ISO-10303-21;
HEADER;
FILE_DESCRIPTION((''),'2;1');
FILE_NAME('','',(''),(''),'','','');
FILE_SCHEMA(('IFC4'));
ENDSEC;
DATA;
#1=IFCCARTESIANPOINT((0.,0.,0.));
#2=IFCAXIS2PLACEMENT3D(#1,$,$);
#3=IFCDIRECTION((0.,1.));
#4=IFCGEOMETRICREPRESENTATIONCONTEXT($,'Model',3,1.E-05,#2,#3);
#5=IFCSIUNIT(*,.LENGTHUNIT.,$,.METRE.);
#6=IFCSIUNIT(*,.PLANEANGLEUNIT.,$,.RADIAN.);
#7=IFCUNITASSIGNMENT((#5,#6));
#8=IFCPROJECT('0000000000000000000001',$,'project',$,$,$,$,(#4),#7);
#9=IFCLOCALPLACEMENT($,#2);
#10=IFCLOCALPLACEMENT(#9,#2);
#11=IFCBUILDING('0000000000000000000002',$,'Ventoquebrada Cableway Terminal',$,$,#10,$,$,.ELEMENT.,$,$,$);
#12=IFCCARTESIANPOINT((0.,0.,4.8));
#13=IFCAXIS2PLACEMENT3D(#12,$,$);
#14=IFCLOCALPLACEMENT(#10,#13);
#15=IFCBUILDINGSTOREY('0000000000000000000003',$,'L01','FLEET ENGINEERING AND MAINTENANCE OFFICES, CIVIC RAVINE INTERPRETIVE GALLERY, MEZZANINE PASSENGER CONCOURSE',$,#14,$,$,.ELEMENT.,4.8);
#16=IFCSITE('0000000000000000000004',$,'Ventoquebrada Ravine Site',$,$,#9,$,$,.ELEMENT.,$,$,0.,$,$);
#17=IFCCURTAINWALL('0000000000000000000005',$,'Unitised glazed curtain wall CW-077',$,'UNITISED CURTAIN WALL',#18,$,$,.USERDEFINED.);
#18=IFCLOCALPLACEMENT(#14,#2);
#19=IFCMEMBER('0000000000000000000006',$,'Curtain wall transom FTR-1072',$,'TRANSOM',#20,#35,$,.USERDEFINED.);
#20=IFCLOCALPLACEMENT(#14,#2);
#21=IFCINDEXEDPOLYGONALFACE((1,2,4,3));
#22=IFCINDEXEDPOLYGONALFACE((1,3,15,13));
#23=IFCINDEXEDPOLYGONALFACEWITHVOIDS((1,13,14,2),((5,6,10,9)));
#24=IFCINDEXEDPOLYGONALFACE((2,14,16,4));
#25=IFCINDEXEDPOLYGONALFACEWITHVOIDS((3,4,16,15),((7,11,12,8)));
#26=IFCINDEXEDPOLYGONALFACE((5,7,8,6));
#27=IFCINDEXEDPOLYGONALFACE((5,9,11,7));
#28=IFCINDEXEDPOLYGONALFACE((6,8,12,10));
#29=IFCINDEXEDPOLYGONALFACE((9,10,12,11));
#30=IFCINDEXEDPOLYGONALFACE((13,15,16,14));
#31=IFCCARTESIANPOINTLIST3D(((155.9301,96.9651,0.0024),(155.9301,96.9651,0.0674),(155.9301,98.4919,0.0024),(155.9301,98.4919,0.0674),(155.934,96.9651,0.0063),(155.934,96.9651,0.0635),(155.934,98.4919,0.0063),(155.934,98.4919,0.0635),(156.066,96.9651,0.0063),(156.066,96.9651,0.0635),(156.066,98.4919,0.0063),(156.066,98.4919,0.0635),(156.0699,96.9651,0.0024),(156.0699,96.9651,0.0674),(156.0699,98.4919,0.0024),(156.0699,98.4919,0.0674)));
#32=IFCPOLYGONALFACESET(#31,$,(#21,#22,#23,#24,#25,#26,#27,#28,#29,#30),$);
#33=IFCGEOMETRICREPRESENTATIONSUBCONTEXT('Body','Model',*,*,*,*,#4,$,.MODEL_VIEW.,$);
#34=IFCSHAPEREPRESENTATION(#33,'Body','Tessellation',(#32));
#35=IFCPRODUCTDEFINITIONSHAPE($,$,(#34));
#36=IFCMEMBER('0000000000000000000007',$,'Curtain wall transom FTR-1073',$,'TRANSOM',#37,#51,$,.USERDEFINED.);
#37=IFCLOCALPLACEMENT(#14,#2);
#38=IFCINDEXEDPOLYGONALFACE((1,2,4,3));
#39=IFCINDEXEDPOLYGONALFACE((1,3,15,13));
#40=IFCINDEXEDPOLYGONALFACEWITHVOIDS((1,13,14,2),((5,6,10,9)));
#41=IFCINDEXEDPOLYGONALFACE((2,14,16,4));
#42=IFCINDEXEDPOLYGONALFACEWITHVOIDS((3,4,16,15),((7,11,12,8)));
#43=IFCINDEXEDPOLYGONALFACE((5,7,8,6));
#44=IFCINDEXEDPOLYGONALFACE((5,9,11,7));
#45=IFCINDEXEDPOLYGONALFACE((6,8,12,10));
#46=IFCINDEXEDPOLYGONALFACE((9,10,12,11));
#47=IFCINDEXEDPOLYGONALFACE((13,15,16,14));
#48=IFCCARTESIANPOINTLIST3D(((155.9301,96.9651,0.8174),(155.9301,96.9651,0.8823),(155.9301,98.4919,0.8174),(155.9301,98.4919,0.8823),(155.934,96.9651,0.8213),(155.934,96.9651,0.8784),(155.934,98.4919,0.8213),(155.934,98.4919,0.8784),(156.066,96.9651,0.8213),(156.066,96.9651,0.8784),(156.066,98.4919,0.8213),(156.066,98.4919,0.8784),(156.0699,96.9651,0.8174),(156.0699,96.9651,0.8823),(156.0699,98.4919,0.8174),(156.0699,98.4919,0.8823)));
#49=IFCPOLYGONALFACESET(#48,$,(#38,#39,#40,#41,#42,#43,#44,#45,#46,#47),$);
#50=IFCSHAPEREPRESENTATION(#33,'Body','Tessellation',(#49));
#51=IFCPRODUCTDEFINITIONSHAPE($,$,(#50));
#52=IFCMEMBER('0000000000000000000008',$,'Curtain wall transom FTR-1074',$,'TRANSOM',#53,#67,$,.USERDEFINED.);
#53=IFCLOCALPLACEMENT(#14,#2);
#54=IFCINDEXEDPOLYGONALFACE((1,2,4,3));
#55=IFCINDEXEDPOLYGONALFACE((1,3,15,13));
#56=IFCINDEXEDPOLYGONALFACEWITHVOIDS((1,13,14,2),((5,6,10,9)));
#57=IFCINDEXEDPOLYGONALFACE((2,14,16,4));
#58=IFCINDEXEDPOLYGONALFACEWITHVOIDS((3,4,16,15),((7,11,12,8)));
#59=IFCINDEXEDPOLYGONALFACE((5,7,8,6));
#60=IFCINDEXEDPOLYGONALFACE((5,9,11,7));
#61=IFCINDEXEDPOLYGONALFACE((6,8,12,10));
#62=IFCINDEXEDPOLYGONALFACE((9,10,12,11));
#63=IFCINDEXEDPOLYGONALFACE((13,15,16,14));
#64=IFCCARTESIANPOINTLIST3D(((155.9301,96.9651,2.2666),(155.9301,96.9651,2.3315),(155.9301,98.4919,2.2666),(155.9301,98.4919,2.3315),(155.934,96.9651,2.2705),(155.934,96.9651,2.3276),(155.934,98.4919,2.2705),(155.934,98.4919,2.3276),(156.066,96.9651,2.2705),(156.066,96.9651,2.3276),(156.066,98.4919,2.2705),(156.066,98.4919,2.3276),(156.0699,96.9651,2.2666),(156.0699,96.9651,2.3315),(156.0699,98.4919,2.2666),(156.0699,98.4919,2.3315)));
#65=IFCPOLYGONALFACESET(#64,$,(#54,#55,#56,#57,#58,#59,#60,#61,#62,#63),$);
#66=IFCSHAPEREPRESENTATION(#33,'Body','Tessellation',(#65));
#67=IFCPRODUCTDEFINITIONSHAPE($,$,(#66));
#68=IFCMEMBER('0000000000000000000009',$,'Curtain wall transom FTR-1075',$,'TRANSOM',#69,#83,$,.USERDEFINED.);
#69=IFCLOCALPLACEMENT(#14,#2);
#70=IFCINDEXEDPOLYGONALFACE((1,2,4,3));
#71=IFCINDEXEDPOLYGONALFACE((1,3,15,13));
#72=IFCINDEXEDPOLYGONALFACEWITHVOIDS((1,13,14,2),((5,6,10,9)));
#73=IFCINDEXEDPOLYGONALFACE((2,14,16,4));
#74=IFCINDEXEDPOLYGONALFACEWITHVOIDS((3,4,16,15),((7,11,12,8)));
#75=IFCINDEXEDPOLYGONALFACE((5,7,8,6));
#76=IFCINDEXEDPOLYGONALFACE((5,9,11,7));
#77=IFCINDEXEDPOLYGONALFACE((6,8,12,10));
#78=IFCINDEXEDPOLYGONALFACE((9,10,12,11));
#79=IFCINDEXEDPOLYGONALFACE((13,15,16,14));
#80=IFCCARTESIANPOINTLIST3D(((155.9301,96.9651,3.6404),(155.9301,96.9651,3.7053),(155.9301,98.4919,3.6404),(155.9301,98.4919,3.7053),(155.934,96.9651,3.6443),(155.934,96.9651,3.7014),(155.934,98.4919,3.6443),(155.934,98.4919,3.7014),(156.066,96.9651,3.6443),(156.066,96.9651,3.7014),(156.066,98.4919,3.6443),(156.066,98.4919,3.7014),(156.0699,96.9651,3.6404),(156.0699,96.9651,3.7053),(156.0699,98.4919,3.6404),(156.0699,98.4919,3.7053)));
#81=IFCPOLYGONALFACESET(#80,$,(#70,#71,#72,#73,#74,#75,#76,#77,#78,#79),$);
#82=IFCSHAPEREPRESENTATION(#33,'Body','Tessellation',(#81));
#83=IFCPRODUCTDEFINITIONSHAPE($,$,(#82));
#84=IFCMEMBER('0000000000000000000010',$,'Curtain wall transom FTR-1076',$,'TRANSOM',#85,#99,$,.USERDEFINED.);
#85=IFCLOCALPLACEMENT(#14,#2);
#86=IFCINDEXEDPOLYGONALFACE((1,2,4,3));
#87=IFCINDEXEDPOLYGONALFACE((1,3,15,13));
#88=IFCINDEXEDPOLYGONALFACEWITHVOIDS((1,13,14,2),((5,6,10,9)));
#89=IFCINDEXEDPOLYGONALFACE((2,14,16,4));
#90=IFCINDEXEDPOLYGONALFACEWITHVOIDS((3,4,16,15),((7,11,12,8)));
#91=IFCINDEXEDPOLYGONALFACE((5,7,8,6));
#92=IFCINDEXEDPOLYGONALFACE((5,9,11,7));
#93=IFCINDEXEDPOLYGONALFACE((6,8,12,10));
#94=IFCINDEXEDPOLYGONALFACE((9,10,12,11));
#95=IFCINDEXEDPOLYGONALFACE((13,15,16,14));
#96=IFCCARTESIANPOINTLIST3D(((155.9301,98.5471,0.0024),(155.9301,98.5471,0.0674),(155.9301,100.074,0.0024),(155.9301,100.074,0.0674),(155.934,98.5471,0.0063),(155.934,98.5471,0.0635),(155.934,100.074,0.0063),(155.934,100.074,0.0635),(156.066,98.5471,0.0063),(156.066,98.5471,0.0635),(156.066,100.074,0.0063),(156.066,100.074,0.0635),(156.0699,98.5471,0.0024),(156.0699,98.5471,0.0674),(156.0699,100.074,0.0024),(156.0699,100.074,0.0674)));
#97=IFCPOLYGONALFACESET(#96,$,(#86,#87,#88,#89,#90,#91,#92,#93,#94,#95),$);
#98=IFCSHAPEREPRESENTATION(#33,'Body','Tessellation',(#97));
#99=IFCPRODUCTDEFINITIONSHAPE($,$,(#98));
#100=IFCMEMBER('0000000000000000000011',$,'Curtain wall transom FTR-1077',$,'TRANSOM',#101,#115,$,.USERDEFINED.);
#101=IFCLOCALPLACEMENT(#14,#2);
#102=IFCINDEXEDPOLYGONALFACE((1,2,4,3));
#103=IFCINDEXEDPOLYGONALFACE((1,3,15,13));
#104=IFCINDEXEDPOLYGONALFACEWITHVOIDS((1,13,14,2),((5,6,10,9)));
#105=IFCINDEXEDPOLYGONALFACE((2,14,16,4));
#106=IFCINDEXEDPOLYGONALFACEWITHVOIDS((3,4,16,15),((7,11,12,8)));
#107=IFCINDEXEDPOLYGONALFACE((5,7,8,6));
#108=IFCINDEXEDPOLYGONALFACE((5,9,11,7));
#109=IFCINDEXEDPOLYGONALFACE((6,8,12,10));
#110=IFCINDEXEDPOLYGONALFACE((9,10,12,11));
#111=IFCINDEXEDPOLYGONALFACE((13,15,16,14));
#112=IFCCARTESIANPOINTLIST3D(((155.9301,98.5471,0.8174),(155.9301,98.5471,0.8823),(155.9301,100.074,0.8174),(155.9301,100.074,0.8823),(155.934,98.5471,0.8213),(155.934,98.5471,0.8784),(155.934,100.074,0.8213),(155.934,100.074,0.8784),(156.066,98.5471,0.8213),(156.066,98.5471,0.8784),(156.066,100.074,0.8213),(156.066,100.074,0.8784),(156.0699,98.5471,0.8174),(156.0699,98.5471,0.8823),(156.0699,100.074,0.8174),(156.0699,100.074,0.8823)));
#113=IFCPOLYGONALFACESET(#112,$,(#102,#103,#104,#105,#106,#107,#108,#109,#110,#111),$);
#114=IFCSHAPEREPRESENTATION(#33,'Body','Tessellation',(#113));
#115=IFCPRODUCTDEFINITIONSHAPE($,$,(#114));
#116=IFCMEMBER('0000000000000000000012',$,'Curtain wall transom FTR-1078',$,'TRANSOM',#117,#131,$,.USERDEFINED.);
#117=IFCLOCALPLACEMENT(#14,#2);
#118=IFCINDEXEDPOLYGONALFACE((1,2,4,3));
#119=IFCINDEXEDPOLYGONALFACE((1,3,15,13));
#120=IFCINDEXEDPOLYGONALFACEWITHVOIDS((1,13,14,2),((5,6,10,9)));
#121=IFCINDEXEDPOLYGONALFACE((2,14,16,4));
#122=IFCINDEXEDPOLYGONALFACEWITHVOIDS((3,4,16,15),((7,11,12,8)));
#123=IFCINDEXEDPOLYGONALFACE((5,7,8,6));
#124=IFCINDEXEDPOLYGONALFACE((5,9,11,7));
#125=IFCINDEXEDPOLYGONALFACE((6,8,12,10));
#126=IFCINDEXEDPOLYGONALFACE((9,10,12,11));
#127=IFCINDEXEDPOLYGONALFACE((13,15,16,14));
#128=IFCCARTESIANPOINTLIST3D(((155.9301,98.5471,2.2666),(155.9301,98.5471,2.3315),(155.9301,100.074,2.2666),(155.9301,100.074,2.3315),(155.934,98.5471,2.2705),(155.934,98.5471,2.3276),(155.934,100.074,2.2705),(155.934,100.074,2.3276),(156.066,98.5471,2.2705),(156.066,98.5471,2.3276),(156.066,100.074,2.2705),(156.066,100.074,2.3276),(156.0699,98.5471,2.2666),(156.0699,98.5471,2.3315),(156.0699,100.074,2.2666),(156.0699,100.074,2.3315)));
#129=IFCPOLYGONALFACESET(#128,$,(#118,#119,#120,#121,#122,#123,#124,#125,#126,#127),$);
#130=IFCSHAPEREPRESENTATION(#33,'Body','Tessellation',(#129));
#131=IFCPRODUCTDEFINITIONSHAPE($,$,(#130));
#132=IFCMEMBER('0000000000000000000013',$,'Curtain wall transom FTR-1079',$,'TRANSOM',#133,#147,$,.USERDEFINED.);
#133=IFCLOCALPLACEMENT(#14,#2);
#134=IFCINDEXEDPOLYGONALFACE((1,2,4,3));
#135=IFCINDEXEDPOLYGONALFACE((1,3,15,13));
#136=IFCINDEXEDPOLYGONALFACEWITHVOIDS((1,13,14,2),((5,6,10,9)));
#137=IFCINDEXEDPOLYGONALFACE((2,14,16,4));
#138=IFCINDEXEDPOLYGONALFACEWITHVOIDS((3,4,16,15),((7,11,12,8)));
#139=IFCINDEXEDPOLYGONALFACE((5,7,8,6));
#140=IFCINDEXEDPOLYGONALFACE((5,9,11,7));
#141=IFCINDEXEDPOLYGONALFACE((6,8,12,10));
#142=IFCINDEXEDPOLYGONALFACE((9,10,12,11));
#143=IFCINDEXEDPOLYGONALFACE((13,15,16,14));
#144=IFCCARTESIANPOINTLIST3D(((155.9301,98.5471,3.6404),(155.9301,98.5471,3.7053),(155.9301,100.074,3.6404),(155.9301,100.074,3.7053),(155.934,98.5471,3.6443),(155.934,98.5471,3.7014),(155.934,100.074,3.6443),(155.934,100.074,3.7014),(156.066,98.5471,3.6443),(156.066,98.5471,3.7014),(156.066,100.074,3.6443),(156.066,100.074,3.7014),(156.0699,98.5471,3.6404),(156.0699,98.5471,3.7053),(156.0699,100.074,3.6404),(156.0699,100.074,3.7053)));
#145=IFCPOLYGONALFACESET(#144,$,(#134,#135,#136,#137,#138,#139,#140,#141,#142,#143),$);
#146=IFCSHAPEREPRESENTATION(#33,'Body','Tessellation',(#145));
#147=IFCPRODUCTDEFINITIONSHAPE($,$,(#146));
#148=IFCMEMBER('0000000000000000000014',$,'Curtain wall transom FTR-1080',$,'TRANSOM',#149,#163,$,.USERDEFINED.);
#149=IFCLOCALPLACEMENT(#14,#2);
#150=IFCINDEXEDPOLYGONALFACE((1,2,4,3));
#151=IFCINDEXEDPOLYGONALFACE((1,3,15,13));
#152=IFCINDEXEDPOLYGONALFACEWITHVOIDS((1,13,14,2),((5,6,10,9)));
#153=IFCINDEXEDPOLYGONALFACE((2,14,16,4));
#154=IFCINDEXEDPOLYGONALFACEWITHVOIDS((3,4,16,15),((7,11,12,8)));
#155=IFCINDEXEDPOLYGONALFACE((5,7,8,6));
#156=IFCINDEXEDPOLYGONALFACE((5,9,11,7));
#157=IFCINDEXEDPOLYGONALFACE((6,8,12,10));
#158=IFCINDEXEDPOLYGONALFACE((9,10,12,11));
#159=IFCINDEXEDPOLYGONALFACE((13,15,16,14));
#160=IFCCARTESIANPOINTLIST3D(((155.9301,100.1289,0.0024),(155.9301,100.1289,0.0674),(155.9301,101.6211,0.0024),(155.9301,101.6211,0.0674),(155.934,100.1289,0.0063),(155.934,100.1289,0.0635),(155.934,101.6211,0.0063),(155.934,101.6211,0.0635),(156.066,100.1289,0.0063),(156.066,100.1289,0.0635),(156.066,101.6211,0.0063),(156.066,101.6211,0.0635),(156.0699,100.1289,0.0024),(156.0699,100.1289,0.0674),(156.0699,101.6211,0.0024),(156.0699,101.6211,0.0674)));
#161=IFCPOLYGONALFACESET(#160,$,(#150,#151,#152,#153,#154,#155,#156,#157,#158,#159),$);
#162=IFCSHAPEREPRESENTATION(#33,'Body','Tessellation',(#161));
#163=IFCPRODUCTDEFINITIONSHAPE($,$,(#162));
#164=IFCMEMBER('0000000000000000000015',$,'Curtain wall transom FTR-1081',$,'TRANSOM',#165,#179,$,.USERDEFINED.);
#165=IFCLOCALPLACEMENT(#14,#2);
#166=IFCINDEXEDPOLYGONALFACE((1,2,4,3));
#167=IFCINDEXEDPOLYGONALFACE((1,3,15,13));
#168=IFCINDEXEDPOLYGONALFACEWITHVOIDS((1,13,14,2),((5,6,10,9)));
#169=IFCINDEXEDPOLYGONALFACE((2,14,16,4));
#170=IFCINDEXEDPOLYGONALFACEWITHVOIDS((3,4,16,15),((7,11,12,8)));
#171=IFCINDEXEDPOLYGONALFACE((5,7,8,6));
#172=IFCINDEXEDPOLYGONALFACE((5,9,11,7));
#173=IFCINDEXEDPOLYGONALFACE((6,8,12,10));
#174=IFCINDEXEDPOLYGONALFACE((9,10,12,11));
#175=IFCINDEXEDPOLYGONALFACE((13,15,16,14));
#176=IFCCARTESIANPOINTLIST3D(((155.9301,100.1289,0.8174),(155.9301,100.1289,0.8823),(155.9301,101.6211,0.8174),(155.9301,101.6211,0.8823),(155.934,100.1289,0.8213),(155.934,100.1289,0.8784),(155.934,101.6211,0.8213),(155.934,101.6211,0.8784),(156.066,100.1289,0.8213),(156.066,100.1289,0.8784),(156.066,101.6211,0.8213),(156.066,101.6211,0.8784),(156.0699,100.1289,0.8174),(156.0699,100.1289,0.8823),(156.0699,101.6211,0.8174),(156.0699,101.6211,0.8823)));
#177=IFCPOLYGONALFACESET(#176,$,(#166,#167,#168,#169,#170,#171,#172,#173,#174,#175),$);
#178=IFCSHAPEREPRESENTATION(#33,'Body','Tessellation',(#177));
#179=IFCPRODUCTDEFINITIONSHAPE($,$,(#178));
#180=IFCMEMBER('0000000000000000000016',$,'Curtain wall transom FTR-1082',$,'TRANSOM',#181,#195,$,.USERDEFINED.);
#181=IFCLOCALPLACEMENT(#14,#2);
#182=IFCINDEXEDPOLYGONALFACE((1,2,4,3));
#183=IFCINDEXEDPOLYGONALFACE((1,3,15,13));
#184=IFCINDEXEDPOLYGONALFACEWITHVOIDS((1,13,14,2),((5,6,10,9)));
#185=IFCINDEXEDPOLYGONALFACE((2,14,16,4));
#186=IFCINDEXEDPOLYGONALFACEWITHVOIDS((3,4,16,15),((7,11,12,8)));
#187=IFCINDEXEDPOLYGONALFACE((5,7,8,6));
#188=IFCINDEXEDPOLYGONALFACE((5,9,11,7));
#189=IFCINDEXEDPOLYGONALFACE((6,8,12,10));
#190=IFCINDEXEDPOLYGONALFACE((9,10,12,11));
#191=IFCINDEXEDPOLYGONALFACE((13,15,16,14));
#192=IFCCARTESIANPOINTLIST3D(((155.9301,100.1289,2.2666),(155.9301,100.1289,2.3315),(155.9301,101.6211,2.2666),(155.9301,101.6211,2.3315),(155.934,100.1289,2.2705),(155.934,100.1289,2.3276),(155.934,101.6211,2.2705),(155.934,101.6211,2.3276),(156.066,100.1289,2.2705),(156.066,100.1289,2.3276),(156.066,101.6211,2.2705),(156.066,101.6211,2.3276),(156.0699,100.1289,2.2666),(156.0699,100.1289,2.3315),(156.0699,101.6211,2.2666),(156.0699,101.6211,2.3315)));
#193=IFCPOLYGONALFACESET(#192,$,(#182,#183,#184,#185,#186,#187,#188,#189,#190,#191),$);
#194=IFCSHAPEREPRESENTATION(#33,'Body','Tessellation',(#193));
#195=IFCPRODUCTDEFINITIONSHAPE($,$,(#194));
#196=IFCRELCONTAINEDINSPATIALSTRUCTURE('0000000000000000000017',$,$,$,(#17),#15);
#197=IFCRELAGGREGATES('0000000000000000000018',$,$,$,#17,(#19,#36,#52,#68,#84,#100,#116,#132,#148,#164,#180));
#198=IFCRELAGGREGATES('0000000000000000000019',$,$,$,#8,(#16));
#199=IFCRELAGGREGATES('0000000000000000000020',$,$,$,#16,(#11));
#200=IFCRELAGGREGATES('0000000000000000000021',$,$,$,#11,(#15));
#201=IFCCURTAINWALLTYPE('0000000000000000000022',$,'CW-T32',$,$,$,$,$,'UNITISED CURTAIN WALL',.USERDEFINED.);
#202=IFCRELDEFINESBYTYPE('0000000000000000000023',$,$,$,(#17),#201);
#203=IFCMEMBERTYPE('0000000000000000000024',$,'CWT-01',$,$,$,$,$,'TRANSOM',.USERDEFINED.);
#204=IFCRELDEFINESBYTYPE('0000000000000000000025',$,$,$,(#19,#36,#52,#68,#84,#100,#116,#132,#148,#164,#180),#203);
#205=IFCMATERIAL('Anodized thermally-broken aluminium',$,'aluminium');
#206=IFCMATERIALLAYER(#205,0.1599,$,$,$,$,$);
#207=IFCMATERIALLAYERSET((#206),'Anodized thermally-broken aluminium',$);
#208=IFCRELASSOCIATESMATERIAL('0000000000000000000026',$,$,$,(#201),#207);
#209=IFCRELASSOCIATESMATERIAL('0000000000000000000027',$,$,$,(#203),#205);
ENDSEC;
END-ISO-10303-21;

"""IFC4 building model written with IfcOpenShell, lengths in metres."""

from ifc_helpers import new_model, si_unit, direction, frame, origin, origin_2d, place, context, subcontext, project, spatial, hollow_rectangle, extrude, material, layer, layer_set, material_profile, profile_set, type_object, element, aggregate, save


model = new_model("IFC4")

# Units and contexts
model_context = context("Model", 3, precision=1e-05, world=origin(), true_north=direction((0.0, 1.0)))
body_context = subcontext(model_context, "Body", "Model", "MODEL_VIEW")
ifc_project = project(units=[si_unit("LENGTHUNIT", "METRE"), si_unit("PLANEANGLEUNIT", "RADIAN")], contexts=[model_context])

# Site, building, storey
site_placement = place(None, origin())
site = spatial("IfcSite", under=ifc_project, at=site_placement, Name="Ventoquebrada Ravine Site", CompositionType="ELEMENT", RefElevation=0.0)
building_placement = place(site_placement, origin())
building = spatial("IfcBuilding", under=site, at=building_placement, Name="Ventoquebrada Cableway Terminal", CompositionType="ELEMENT")
storey_placement = place(building_placement, frame((0.0, 0.0, 4.8)))
storey = spatial("IfcBuildingStorey", under=building, at=storey_placement, Name="L01", Description="FLEET ENGINEERING AND MAINTENANCE OFFICES, CIVIC RAVINE INTERPRETIVE GALLERY, MEZZANINE PASSENGER CONCOURSE", CompositionType="ELEMENT", Elevation=4.8)

# Curtain wall, members
ifc_material_1 = material(Name="Anodized thermally-broken aluminium", Category="aluminium")
ifc_layer_1 = layer(ifc_material_1, 0.1599)
ifc_layer_set_1 = layer_set([ifc_layer_1], Name="Anodized thermally-broken aluminium")
curtain_wall_type = type_object("IfcCurtainWallType", Name="CW-T32", ElementType="UNITISED CURTAIN WALL", PredefinedType="USERDEFINED", material=ifc_layer_set_1)
curtain_wall_placement = place(storey_placement, origin())
curtain_wall = element("IfcCurtainWall", 1, at=curtain_wall_placement, inside=storey, type_object=curtain_wall_type, Name="Unitised glazed curtain wall CW-077", ObjectType="UNITISED CURTAIN WALL", PredefinedType="USERDEFINED")
ifc_material_profile_1 = material_profile(ifc_material_1, hollow_rectangle(XDim=0.0649, YDim=0.1399, WallThickness=0.0039, at=origin_2d()), Name="CW-TRN-65X140")
ifc_profile_set_1 = profile_set([ifc_material_profile_1], Name="Anodized thermally-broken aluminium")
member_type_1 = type_object("IfcMemberType", Name="CWT-01", ElementType="TRANSOM", PredefinedType="USERDEFINED", material=ifc_profile_set_1)
member_1_placement = place(storey_placement, frame((156.0, 96.9651, 0.0349), z_axis=(0.0, 1.0, 0.0), x_axis=(0.0, 0.0, 1.0)))
member_1 = element("IfcMember", 2, at=member_1_placement, type_object=member_type_1, Name="Curtain wall transom FTR-1072", ObjectType="TRANSOM", PredefinedType="USERDEFINED", context=body_context, shape_type="SweptSolid", body=[
    extrude(hollow_rectangle(XDim=0.0649, YDim=0.1399, WallThickness=0.0039, at=origin_2d()), origin(), (0.0, 0.0, 1.0), 1.5269),
])
member_2_placement = place(storey_placement, frame((156.0, 96.9651, 0.8499), z_axis=(0.0, 1.0, 0.0), x_axis=(0.0, 0.0, 1.0)))
member_2 = element("IfcMember", 3, at=member_2_placement, type_object=member_type_1, Name="Curtain wall transom FTR-1073", ObjectType="TRANSOM", PredefinedType="USERDEFINED", context=body_context, shape_type="SweptSolid", body=[
    extrude(hollow_rectangle(XDim=0.0649, YDim=0.1399, WallThickness=0.0039, at=origin_2d()), origin(), (0.0, 0.0, 1.0), 1.5269),
])
member_3_placement = place(storey_placement, frame((156.0, 96.9651, 2.2991), z_axis=(0.0, 1.0, 0.0), x_axis=(0.0, 0.0, 1.0)))
member_3 = element("IfcMember", 4, at=member_3_placement, type_object=member_type_1, Name="Curtain wall transom FTR-1074", ObjectType="TRANSOM", PredefinedType="USERDEFINED", context=body_context, shape_type="SweptSolid", body=[
    extrude(hollow_rectangle(XDim=0.0649, YDim=0.1399, WallThickness=0.0039, at=origin_2d()), origin(), (0.0, 0.0, 1.0), 1.5269),
])
member_4_placement = place(storey_placement, frame((156.0, 96.9651, 3.6729), z_axis=(0.0, 1.0, 0.0), x_axis=(0.0, 0.0, 1.0)))
member_4 = element("IfcMember", 5, at=member_4_placement, type_object=member_type_1, Name="Curtain wall transom FTR-1075", ObjectType="TRANSOM", PredefinedType="USERDEFINED", context=body_context, shape_type="SweptSolid", body=[
    extrude(hollow_rectangle(XDim=0.0649, YDim=0.1399, WallThickness=0.0039, at=origin_2d()), origin(), (0.0, 0.0, 1.0), 1.5269),
])
member_5_placement = place(storey_placement, frame((156.0, 98.5471, 0.0349), z_axis=(0.0, 1.0, 0.0), x_axis=(0.0, 0.0, 1.0)))
member_5 = element("IfcMember", 6, at=member_5_placement, type_object=member_type_1, Name="Curtain wall transom FTR-1076", ObjectType="TRANSOM", PredefinedType="USERDEFINED", context=body_context, shape_type="SweptSolid", body=[
    extrude(hollow_rectangle(XDim=0.0649, YDim=0.1399, WallThickness=0.0039, at=origin_2d()), origin(), (0.0, 0.0, 1.0), 1.5269),
])
member_6_placement = place(storey_placement, frame((156.0, 98.5471, 0.8499), z_axis=(0.0, 1.0, 0.0), x_axis=(0.0, 0.0, 1.0)))
member_6 = element("IfcMember", 7, at=member_6_placement, type_object=member_type_1, Name="Curtain wall transom FTR-1077", ObjectType="TRANSOM", PredefinedType="USERDEFINED", context=body_context, shape_type="SweptSolid", body=[
    extrude(hollow_rectangle(XDim=0.0649, YDim=0.1399, WallThickness=0.0039, at=origin_2d()), origin(), (0.0, 0.0, 1.0), 1.5269),
])
member_7_placement = place(storey_placement, frame((156.0, 98.5471, 2.2991), z_axis=(0.0, 1.0, 0.0), x_axis=(0.0, 0.0, 1.0)))
member_7 = element("IfcMember", 8, at=member_7_placement, type_object=member_type_1, Name="Curtain wall transom FTR-1078", ObjectType="TRANSOM", PredefinedType="USERDEFINED", context=body_context, shape_type="SweptSolid", body=[
    extrude(hollow_rectangle(XDim=0.0649, YDim=0.1399, WallThickness=0.0039, at=origin_2d()), origin(), (0.0, 0.0, 1.0), 1.5269),
])
member_8_placement = place(storey_placement, frame((156.0, 98.5471, 3.6729), z_axis=(0.0, 1.0, 0.0), x_axis=(0.0, 0.0, 1.0)))
member_8 = element("IfcMember", 9, at=member_8_placement, type_object=member_type_1, Name="Curtain wall transom FTR-1079", ObjectType="TRANSOM", PredefinedType="USERDEFINED", context=body_context, shape_type="SweptSolid", body=[
    extrude(hollow_rectangle(XDim=0.0649, YDim=0.1399, WallThickness=0.0039, at=origin_2d()), origin(), (0.0, 0.0, 1.0), 1.5269),
])
member_9_placement = place(storey_placement, frame((156.0, 100.1289, 0.0349), z_axis=(0.0, 1.0, 0.0), x_axis=(0.0, 0.0, 1.0)))
member_9 = element("IfcMember", 10, at=member_9_placement, type_object=member_type_1, Name="Curtain wall transom FTR-1080", ObjectType="TRANSOM", PredefinedType="USERDEFINED", context=body_context, shape_type="SweptSolid", body=[
    extrude(hollow_rectangle(XDim=0.0649, YDim=0.1399, WallThickness=0.0039, at=origin_2d()), origin(), (0.0, 0.0, 1.0), 1.4922),
])
member_10_placement = place(storey_placement, frame((156.0, 100.1289, 0.8499), z_axis=(0.0, 1.0, 0.0), x_axis=(0.0, 0.0, 1.0)))
member_10 = element("IfcMember", 11, at=member_10_placement, type_object=member_type_1, Name="Curtain wall transom FTR-1081", ObjectType="TRANSOM", PredefinedType="USERDEFINED", context=body_context, shape_type="SweptSolid", body=[
    extrude(hollow_rectangle(XDim=0.0649, YDim=0.1399, WallThickness=0.0039, at=origin_2d()), origin(), (0.0, 0.0, 1.0), 1.4922),
])
member_11_placement = place(storey_placement, frame((156.0, 100.1289, 2.2991), z_axis=(0.0, 1.0, 0.0), x_axis=(0.0, 0.0, 1.0)))
member_11 = element("IfcMember", 12, at=member_11_placement, type_object=member_type_1, Name="Curtain wall transom FTR-1082", ObjectType="TRANSOM", PredefinedType="USERDEFINED", context=body_context, shape_type="SweptSolid", body=[
    extrude(hollow_rectangle(XDim=0.0649, YDim=0.1399, WallThickness=0.0039, at=origin_2d()), origin(), (0.0, 0.0, 1.0), 1.4922),
])
aggregate(curtain_wall, [member_1, member_2, member_3, member_4, member_5, member_6, member_7, member_8, member_9, member_10, member_11])

save(model, "model.ifc")
